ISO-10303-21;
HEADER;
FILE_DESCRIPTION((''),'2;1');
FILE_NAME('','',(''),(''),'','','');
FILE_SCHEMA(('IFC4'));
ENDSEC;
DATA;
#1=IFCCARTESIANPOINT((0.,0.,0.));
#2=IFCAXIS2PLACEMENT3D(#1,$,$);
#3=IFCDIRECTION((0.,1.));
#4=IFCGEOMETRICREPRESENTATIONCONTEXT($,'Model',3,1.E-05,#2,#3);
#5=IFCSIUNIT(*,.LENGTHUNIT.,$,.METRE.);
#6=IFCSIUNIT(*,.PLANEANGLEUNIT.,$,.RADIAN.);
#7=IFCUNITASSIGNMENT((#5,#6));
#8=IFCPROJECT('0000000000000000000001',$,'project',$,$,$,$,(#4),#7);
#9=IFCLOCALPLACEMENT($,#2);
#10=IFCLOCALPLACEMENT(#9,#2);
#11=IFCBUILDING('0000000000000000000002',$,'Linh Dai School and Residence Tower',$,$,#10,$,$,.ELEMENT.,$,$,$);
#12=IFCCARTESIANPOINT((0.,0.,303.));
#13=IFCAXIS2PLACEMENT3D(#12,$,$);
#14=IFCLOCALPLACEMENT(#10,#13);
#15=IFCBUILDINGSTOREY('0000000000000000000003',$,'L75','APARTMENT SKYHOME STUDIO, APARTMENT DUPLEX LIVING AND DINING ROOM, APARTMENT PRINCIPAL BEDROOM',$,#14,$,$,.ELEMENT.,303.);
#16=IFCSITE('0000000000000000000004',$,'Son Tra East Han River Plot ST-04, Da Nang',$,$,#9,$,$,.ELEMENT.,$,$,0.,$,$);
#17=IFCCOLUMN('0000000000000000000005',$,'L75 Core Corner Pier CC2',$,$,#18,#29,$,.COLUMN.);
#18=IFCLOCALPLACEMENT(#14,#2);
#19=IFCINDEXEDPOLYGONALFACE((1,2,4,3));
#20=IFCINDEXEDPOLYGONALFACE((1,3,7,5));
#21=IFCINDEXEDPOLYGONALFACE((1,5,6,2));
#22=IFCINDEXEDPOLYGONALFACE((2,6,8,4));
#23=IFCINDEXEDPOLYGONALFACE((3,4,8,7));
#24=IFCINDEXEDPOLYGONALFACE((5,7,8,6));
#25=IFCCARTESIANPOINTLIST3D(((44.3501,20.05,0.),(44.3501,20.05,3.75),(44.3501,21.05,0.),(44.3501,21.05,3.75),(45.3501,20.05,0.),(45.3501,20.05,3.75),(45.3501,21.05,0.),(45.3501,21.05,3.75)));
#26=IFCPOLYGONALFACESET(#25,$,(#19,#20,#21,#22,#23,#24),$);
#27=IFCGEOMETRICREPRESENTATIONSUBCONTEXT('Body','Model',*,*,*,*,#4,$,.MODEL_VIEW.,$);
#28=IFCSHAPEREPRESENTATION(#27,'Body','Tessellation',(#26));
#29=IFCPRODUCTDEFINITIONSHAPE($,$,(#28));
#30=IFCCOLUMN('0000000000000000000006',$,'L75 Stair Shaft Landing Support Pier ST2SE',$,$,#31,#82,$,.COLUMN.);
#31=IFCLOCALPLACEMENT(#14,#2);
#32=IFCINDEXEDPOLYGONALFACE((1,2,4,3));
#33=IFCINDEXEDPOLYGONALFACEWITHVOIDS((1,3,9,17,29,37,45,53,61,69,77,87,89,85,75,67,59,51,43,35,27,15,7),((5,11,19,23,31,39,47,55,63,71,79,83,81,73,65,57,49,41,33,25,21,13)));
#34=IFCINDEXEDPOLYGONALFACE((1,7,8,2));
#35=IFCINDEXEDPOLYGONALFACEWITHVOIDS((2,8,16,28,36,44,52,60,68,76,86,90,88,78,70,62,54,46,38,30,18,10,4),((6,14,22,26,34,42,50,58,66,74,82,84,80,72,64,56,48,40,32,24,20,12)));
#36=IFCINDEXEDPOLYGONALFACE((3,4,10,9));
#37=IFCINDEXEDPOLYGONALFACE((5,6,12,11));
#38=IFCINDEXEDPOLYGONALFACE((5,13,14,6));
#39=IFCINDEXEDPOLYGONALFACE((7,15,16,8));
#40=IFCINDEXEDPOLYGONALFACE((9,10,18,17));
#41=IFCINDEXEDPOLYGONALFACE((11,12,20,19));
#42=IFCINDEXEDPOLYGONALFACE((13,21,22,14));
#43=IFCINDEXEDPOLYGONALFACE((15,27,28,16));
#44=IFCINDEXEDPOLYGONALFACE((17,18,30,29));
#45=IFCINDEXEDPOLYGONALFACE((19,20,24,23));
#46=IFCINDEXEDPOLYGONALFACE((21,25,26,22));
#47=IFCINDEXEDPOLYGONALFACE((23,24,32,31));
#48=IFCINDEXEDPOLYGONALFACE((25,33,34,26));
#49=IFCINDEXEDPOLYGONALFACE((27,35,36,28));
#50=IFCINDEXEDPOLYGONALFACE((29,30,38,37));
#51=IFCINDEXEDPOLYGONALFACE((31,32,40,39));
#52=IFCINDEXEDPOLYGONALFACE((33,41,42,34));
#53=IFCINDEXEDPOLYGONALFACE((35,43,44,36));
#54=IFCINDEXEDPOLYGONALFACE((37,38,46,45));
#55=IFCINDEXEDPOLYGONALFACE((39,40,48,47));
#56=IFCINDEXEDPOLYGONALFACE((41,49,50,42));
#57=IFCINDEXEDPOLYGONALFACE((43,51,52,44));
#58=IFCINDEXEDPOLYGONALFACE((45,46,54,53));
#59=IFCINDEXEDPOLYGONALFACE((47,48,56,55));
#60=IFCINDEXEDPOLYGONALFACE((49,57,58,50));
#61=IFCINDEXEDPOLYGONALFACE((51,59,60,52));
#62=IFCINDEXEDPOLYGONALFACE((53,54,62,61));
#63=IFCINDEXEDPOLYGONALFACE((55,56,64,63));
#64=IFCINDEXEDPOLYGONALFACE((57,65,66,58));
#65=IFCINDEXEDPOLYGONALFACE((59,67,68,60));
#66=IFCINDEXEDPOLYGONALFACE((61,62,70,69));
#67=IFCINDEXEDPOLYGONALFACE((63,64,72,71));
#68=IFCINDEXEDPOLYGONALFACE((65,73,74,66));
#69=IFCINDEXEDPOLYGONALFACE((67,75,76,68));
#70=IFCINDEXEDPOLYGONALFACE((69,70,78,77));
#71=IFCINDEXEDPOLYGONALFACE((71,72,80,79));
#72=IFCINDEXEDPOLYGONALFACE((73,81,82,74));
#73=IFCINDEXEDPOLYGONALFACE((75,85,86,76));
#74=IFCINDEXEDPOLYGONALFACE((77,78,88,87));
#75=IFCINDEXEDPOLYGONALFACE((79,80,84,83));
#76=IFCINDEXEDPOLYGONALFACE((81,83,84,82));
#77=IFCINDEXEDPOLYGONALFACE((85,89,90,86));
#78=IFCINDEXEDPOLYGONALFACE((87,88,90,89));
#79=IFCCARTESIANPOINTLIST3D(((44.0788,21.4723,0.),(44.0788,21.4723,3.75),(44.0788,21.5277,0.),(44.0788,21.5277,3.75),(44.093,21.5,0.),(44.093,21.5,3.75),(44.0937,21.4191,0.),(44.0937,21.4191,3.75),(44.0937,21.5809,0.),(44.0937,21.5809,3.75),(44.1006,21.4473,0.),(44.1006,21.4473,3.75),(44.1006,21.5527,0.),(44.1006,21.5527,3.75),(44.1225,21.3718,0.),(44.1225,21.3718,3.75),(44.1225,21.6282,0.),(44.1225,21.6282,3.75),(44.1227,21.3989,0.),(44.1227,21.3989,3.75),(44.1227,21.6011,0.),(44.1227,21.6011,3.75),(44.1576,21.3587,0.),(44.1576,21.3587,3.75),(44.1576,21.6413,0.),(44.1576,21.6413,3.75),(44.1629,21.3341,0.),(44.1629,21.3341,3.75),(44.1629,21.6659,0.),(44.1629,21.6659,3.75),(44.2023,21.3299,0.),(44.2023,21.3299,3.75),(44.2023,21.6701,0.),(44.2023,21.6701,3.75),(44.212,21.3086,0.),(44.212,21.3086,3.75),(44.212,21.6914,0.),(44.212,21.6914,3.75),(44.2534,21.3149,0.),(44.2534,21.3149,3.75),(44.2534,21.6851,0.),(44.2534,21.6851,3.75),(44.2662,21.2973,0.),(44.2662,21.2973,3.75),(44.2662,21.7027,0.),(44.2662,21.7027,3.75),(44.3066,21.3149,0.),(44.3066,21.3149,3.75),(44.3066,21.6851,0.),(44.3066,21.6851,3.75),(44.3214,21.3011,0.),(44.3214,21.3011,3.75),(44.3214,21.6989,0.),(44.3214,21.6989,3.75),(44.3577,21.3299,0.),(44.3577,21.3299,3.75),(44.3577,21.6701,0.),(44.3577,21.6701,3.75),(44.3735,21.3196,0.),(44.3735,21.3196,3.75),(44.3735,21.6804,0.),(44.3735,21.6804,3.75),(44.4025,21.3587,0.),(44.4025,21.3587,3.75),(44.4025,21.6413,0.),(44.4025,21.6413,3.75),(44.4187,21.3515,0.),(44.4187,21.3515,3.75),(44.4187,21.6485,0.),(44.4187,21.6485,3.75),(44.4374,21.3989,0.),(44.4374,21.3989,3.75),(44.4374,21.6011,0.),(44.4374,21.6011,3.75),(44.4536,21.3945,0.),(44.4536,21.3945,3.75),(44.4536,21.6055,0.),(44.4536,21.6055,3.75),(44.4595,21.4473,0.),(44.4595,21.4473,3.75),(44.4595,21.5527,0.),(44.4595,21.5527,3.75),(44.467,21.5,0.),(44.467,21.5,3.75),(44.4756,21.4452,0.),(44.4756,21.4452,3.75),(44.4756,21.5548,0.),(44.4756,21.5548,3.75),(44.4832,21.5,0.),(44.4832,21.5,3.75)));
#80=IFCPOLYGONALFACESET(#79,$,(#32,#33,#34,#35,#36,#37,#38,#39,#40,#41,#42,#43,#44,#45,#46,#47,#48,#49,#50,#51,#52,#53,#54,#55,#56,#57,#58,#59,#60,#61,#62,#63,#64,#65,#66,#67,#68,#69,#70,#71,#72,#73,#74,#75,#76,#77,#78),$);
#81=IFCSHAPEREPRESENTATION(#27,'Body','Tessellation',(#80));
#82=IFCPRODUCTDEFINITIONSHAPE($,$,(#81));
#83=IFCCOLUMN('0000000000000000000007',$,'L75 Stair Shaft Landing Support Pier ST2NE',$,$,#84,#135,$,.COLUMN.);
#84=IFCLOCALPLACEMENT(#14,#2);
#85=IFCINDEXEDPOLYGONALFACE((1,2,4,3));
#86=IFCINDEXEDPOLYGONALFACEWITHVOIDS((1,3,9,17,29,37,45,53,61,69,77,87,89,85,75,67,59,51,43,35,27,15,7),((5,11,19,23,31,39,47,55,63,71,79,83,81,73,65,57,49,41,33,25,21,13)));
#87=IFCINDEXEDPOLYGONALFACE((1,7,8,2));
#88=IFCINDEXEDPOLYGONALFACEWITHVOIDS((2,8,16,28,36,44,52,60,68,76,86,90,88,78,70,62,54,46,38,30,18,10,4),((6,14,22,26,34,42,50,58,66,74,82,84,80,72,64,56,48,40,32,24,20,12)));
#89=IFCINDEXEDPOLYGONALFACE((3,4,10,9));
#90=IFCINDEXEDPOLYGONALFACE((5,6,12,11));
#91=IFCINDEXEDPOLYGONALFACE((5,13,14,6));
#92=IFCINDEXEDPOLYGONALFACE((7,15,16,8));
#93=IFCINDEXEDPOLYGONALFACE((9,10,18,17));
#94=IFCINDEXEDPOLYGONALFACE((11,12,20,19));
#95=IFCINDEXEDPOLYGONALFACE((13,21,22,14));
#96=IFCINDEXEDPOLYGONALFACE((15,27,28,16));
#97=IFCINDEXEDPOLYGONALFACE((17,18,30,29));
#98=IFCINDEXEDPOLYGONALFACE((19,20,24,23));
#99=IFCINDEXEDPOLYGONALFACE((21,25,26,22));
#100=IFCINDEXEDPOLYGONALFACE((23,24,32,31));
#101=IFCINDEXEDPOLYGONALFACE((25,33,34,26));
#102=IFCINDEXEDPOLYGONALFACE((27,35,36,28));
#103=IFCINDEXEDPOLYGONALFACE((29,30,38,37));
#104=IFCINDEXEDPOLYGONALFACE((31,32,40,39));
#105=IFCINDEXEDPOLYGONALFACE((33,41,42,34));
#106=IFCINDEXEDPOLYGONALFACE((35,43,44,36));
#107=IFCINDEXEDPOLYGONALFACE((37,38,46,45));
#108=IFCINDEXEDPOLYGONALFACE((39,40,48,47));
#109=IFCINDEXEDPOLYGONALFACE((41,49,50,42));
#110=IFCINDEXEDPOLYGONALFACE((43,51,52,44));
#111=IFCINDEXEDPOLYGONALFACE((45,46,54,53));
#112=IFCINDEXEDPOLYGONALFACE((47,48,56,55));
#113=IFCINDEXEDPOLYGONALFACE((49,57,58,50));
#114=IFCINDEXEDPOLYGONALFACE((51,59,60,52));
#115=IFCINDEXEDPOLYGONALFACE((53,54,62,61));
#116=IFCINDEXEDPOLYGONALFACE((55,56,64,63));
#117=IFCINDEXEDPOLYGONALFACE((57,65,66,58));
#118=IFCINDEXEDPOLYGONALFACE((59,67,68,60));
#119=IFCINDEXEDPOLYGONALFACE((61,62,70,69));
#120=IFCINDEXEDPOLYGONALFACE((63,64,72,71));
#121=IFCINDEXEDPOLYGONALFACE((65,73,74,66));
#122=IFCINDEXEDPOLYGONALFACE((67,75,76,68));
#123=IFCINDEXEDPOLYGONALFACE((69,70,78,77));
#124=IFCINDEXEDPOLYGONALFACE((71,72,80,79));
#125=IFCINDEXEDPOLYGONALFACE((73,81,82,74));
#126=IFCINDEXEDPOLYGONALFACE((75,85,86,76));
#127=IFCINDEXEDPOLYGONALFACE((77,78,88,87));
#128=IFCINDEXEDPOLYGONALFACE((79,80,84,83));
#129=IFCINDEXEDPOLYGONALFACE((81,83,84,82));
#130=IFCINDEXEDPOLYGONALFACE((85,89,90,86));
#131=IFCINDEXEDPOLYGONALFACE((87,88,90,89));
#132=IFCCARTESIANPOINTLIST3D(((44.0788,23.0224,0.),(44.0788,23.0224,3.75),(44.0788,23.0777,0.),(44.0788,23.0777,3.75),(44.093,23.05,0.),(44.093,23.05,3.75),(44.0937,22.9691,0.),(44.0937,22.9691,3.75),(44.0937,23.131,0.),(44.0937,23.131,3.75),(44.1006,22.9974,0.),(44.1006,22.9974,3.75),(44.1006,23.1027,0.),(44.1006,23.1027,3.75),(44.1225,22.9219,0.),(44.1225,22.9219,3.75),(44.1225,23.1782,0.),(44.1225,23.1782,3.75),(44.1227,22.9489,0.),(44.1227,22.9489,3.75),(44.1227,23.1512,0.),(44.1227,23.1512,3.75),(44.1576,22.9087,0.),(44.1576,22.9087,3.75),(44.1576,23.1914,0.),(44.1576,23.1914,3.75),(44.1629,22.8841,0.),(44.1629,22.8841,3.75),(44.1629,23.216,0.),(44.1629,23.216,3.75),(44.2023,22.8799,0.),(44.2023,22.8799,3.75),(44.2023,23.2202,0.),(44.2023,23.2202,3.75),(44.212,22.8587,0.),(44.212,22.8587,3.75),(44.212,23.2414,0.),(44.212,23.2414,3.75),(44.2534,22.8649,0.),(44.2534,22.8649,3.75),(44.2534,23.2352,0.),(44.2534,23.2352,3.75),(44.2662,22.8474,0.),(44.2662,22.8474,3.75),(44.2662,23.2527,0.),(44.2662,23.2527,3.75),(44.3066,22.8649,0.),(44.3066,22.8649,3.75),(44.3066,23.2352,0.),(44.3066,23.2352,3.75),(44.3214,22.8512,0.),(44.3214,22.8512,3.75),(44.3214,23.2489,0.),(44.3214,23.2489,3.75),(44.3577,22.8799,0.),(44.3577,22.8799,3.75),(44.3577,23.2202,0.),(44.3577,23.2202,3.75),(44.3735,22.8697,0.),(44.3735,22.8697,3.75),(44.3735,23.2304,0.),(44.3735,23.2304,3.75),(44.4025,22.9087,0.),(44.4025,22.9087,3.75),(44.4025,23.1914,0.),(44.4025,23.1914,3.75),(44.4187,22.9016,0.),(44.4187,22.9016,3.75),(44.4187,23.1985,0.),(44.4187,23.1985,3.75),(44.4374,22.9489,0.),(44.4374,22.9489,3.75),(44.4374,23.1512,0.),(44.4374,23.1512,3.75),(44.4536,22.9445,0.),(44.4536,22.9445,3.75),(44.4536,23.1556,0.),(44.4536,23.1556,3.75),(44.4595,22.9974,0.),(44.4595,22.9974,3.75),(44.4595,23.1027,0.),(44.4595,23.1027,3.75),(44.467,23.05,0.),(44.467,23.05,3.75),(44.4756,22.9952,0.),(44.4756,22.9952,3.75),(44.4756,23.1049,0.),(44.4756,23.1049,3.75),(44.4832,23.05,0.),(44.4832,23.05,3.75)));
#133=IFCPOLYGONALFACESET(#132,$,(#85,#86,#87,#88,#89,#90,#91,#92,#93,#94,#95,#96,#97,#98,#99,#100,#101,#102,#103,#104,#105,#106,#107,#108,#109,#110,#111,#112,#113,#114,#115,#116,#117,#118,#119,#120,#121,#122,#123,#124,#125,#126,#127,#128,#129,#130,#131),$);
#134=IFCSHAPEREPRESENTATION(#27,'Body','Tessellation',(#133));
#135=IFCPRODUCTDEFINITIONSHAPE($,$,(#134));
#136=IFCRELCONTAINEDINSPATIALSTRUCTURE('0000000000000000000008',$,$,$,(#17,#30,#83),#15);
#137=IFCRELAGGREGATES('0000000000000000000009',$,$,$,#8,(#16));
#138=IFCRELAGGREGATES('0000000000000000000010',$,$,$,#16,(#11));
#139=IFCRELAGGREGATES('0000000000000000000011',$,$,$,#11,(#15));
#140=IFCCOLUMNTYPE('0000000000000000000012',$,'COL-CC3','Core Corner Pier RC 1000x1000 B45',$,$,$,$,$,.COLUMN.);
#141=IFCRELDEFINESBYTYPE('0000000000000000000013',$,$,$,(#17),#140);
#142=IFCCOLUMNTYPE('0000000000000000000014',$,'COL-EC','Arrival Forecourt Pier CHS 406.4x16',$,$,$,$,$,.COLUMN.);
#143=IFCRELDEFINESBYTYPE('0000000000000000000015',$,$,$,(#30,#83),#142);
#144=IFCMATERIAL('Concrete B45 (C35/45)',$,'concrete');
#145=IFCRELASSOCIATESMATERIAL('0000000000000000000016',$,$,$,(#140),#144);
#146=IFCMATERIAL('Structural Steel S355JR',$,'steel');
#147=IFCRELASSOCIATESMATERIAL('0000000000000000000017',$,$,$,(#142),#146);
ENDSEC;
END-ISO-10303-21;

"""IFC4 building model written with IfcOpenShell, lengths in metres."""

from ifc_helpers import new_model, si_unit, direction, frame, origin, origin_2d, place, context, subcontext, project, spatial, rectangle, hollow_circle, extrude, material, material_profile, profile_set, type_object, element, save


model = new_model("IFC4")

# Units and contexts
model_context = context("Model", 3, precision=1e-05, world=origin(), true_north=direction((0.0, 1.0)))
body_context = subcontext(model_context, "Body", "Model", "MODEL_VIEW")
ifc_project = project(units=[si_unit("LENGTHUNIT", "METRE"), si_unit("PLANEANGLEUNIT", "RADIAN")], contexts=[model_context])

# Site, building, storey
site_placement = place(None, origin())
site = spatial("IfcSite", under=ifc_project, at=site_placement, Name="Son Tra East Han River Plot ST-04, Da Nang", CompositionType="ELEMENT", RefElevation=0.0)
building_placement = place(site_placement, origin())
building = spatial("IfcBuilding", under=site, at=building_placement, Name="Linh Dai School and Residence Tower", CompositionType="ELEMENT")
storey_placement = place(building_placement, frame((0.0, 0.0, 303.0)))
storey = spatial("IfcBuildingStorey", under=building, at=storey_placement, Name="L75", Description="APARTMENT SKYHOME STUDIO, APARTMENT DUPLEX LIVING AND DINING ROOM, APARTMENT PRINCIPAL BEDROOM", CompositionType="ELEMENT", Elevation=303.0)

# Columns
ifc_material_1 = material(Name="Concrete B45 (C35/45)", Category="concrete")
ifc_material_profile_1 = material_profile(ifc_material_1, rectangle(XDim=1.0, YDim=1.0, at=origin_2d()), Name="RC 1000x1000")
ifc_profile_set_1 = profile_set([ifc_material_profile_1], Name="Concrete B45 (C35/45)")
column_type_1 = type_object("IfcColumnType", Name="COL-CC3", Description="Core Corner Pier RC 1000x1000 B45", PredefinedType="COLUMN", material=ifc_profile_set_1)
column_1_placement = place(storey_placement, frame((44.8501, 20.55, 0.0), z_axis=(0.0, 0.0, 1.0), x_axis=(1.0, 0.0, 0.0)))
element("IfcColumn", 1, at=column_1_placement, inside=storey, type_object=column_type_1, Name="L75 Core Corner Pier CC2", PredefinedType="COLUMN", context=body_context, shape_type="SweptSolid", body=[
    extrude(rectangle(XDim=1.0, YDim=1.0, at=origin_2d()), origin(), (0.0, 0.0, 1.0), 3.75),
])
ifc_material_2 = material(Name="Structural Steel S355JR", Category="steel")
ifc_material_profile_2 = material_profile(ifc_material_2, hollow_circle(Radius=0.2031, WallThickness=0.0161, at=origin_2d()), Name="CHS 406.4x16")
ifc_profile_set_2 = profile_set([ifc_material_profile_2], Name="Structural Steel S355JR")
column_type_2 = type_object("IfcColumnType", Name="COL-EC", Description="Arrival Forecourt Pier CHS 406.4x16", PredefinedType="COLUMN", material=ifc_profile_set_2)
for number, where, z_axis, x_axis, name in (
    (2, (44.28, 21.5, 0.0), (0.0, 0.0, 1.0), (1.0, 0.0, 0.0), "L75 Stair Shaft Landing Support Pier ST2SE"),
    (3, (44.28, 23.05, 0.0), (0.0, 0.0, 1.0), (1.0, 0.0, 0.0), "L75 Stair Shaft Landing Support Pier ST2NE"),
):
    element("IfcColumn", number, at=place(storey_placement, frame(where, z_axis=z_axis, x_axis=x_axis)), inside=storey, type_object=column_type_2, Name=name, PredefinedType="COLUMN", context=body_context, shape_type="SweptSolid", body=[
        extrude(hollow_circle(Radius=0.2031, WallThickness=0.0161, at=origin_2d()), origin(), (0.0, 0.0, 1.0), 3.75),
    ])

save(model, "model.ifc")
